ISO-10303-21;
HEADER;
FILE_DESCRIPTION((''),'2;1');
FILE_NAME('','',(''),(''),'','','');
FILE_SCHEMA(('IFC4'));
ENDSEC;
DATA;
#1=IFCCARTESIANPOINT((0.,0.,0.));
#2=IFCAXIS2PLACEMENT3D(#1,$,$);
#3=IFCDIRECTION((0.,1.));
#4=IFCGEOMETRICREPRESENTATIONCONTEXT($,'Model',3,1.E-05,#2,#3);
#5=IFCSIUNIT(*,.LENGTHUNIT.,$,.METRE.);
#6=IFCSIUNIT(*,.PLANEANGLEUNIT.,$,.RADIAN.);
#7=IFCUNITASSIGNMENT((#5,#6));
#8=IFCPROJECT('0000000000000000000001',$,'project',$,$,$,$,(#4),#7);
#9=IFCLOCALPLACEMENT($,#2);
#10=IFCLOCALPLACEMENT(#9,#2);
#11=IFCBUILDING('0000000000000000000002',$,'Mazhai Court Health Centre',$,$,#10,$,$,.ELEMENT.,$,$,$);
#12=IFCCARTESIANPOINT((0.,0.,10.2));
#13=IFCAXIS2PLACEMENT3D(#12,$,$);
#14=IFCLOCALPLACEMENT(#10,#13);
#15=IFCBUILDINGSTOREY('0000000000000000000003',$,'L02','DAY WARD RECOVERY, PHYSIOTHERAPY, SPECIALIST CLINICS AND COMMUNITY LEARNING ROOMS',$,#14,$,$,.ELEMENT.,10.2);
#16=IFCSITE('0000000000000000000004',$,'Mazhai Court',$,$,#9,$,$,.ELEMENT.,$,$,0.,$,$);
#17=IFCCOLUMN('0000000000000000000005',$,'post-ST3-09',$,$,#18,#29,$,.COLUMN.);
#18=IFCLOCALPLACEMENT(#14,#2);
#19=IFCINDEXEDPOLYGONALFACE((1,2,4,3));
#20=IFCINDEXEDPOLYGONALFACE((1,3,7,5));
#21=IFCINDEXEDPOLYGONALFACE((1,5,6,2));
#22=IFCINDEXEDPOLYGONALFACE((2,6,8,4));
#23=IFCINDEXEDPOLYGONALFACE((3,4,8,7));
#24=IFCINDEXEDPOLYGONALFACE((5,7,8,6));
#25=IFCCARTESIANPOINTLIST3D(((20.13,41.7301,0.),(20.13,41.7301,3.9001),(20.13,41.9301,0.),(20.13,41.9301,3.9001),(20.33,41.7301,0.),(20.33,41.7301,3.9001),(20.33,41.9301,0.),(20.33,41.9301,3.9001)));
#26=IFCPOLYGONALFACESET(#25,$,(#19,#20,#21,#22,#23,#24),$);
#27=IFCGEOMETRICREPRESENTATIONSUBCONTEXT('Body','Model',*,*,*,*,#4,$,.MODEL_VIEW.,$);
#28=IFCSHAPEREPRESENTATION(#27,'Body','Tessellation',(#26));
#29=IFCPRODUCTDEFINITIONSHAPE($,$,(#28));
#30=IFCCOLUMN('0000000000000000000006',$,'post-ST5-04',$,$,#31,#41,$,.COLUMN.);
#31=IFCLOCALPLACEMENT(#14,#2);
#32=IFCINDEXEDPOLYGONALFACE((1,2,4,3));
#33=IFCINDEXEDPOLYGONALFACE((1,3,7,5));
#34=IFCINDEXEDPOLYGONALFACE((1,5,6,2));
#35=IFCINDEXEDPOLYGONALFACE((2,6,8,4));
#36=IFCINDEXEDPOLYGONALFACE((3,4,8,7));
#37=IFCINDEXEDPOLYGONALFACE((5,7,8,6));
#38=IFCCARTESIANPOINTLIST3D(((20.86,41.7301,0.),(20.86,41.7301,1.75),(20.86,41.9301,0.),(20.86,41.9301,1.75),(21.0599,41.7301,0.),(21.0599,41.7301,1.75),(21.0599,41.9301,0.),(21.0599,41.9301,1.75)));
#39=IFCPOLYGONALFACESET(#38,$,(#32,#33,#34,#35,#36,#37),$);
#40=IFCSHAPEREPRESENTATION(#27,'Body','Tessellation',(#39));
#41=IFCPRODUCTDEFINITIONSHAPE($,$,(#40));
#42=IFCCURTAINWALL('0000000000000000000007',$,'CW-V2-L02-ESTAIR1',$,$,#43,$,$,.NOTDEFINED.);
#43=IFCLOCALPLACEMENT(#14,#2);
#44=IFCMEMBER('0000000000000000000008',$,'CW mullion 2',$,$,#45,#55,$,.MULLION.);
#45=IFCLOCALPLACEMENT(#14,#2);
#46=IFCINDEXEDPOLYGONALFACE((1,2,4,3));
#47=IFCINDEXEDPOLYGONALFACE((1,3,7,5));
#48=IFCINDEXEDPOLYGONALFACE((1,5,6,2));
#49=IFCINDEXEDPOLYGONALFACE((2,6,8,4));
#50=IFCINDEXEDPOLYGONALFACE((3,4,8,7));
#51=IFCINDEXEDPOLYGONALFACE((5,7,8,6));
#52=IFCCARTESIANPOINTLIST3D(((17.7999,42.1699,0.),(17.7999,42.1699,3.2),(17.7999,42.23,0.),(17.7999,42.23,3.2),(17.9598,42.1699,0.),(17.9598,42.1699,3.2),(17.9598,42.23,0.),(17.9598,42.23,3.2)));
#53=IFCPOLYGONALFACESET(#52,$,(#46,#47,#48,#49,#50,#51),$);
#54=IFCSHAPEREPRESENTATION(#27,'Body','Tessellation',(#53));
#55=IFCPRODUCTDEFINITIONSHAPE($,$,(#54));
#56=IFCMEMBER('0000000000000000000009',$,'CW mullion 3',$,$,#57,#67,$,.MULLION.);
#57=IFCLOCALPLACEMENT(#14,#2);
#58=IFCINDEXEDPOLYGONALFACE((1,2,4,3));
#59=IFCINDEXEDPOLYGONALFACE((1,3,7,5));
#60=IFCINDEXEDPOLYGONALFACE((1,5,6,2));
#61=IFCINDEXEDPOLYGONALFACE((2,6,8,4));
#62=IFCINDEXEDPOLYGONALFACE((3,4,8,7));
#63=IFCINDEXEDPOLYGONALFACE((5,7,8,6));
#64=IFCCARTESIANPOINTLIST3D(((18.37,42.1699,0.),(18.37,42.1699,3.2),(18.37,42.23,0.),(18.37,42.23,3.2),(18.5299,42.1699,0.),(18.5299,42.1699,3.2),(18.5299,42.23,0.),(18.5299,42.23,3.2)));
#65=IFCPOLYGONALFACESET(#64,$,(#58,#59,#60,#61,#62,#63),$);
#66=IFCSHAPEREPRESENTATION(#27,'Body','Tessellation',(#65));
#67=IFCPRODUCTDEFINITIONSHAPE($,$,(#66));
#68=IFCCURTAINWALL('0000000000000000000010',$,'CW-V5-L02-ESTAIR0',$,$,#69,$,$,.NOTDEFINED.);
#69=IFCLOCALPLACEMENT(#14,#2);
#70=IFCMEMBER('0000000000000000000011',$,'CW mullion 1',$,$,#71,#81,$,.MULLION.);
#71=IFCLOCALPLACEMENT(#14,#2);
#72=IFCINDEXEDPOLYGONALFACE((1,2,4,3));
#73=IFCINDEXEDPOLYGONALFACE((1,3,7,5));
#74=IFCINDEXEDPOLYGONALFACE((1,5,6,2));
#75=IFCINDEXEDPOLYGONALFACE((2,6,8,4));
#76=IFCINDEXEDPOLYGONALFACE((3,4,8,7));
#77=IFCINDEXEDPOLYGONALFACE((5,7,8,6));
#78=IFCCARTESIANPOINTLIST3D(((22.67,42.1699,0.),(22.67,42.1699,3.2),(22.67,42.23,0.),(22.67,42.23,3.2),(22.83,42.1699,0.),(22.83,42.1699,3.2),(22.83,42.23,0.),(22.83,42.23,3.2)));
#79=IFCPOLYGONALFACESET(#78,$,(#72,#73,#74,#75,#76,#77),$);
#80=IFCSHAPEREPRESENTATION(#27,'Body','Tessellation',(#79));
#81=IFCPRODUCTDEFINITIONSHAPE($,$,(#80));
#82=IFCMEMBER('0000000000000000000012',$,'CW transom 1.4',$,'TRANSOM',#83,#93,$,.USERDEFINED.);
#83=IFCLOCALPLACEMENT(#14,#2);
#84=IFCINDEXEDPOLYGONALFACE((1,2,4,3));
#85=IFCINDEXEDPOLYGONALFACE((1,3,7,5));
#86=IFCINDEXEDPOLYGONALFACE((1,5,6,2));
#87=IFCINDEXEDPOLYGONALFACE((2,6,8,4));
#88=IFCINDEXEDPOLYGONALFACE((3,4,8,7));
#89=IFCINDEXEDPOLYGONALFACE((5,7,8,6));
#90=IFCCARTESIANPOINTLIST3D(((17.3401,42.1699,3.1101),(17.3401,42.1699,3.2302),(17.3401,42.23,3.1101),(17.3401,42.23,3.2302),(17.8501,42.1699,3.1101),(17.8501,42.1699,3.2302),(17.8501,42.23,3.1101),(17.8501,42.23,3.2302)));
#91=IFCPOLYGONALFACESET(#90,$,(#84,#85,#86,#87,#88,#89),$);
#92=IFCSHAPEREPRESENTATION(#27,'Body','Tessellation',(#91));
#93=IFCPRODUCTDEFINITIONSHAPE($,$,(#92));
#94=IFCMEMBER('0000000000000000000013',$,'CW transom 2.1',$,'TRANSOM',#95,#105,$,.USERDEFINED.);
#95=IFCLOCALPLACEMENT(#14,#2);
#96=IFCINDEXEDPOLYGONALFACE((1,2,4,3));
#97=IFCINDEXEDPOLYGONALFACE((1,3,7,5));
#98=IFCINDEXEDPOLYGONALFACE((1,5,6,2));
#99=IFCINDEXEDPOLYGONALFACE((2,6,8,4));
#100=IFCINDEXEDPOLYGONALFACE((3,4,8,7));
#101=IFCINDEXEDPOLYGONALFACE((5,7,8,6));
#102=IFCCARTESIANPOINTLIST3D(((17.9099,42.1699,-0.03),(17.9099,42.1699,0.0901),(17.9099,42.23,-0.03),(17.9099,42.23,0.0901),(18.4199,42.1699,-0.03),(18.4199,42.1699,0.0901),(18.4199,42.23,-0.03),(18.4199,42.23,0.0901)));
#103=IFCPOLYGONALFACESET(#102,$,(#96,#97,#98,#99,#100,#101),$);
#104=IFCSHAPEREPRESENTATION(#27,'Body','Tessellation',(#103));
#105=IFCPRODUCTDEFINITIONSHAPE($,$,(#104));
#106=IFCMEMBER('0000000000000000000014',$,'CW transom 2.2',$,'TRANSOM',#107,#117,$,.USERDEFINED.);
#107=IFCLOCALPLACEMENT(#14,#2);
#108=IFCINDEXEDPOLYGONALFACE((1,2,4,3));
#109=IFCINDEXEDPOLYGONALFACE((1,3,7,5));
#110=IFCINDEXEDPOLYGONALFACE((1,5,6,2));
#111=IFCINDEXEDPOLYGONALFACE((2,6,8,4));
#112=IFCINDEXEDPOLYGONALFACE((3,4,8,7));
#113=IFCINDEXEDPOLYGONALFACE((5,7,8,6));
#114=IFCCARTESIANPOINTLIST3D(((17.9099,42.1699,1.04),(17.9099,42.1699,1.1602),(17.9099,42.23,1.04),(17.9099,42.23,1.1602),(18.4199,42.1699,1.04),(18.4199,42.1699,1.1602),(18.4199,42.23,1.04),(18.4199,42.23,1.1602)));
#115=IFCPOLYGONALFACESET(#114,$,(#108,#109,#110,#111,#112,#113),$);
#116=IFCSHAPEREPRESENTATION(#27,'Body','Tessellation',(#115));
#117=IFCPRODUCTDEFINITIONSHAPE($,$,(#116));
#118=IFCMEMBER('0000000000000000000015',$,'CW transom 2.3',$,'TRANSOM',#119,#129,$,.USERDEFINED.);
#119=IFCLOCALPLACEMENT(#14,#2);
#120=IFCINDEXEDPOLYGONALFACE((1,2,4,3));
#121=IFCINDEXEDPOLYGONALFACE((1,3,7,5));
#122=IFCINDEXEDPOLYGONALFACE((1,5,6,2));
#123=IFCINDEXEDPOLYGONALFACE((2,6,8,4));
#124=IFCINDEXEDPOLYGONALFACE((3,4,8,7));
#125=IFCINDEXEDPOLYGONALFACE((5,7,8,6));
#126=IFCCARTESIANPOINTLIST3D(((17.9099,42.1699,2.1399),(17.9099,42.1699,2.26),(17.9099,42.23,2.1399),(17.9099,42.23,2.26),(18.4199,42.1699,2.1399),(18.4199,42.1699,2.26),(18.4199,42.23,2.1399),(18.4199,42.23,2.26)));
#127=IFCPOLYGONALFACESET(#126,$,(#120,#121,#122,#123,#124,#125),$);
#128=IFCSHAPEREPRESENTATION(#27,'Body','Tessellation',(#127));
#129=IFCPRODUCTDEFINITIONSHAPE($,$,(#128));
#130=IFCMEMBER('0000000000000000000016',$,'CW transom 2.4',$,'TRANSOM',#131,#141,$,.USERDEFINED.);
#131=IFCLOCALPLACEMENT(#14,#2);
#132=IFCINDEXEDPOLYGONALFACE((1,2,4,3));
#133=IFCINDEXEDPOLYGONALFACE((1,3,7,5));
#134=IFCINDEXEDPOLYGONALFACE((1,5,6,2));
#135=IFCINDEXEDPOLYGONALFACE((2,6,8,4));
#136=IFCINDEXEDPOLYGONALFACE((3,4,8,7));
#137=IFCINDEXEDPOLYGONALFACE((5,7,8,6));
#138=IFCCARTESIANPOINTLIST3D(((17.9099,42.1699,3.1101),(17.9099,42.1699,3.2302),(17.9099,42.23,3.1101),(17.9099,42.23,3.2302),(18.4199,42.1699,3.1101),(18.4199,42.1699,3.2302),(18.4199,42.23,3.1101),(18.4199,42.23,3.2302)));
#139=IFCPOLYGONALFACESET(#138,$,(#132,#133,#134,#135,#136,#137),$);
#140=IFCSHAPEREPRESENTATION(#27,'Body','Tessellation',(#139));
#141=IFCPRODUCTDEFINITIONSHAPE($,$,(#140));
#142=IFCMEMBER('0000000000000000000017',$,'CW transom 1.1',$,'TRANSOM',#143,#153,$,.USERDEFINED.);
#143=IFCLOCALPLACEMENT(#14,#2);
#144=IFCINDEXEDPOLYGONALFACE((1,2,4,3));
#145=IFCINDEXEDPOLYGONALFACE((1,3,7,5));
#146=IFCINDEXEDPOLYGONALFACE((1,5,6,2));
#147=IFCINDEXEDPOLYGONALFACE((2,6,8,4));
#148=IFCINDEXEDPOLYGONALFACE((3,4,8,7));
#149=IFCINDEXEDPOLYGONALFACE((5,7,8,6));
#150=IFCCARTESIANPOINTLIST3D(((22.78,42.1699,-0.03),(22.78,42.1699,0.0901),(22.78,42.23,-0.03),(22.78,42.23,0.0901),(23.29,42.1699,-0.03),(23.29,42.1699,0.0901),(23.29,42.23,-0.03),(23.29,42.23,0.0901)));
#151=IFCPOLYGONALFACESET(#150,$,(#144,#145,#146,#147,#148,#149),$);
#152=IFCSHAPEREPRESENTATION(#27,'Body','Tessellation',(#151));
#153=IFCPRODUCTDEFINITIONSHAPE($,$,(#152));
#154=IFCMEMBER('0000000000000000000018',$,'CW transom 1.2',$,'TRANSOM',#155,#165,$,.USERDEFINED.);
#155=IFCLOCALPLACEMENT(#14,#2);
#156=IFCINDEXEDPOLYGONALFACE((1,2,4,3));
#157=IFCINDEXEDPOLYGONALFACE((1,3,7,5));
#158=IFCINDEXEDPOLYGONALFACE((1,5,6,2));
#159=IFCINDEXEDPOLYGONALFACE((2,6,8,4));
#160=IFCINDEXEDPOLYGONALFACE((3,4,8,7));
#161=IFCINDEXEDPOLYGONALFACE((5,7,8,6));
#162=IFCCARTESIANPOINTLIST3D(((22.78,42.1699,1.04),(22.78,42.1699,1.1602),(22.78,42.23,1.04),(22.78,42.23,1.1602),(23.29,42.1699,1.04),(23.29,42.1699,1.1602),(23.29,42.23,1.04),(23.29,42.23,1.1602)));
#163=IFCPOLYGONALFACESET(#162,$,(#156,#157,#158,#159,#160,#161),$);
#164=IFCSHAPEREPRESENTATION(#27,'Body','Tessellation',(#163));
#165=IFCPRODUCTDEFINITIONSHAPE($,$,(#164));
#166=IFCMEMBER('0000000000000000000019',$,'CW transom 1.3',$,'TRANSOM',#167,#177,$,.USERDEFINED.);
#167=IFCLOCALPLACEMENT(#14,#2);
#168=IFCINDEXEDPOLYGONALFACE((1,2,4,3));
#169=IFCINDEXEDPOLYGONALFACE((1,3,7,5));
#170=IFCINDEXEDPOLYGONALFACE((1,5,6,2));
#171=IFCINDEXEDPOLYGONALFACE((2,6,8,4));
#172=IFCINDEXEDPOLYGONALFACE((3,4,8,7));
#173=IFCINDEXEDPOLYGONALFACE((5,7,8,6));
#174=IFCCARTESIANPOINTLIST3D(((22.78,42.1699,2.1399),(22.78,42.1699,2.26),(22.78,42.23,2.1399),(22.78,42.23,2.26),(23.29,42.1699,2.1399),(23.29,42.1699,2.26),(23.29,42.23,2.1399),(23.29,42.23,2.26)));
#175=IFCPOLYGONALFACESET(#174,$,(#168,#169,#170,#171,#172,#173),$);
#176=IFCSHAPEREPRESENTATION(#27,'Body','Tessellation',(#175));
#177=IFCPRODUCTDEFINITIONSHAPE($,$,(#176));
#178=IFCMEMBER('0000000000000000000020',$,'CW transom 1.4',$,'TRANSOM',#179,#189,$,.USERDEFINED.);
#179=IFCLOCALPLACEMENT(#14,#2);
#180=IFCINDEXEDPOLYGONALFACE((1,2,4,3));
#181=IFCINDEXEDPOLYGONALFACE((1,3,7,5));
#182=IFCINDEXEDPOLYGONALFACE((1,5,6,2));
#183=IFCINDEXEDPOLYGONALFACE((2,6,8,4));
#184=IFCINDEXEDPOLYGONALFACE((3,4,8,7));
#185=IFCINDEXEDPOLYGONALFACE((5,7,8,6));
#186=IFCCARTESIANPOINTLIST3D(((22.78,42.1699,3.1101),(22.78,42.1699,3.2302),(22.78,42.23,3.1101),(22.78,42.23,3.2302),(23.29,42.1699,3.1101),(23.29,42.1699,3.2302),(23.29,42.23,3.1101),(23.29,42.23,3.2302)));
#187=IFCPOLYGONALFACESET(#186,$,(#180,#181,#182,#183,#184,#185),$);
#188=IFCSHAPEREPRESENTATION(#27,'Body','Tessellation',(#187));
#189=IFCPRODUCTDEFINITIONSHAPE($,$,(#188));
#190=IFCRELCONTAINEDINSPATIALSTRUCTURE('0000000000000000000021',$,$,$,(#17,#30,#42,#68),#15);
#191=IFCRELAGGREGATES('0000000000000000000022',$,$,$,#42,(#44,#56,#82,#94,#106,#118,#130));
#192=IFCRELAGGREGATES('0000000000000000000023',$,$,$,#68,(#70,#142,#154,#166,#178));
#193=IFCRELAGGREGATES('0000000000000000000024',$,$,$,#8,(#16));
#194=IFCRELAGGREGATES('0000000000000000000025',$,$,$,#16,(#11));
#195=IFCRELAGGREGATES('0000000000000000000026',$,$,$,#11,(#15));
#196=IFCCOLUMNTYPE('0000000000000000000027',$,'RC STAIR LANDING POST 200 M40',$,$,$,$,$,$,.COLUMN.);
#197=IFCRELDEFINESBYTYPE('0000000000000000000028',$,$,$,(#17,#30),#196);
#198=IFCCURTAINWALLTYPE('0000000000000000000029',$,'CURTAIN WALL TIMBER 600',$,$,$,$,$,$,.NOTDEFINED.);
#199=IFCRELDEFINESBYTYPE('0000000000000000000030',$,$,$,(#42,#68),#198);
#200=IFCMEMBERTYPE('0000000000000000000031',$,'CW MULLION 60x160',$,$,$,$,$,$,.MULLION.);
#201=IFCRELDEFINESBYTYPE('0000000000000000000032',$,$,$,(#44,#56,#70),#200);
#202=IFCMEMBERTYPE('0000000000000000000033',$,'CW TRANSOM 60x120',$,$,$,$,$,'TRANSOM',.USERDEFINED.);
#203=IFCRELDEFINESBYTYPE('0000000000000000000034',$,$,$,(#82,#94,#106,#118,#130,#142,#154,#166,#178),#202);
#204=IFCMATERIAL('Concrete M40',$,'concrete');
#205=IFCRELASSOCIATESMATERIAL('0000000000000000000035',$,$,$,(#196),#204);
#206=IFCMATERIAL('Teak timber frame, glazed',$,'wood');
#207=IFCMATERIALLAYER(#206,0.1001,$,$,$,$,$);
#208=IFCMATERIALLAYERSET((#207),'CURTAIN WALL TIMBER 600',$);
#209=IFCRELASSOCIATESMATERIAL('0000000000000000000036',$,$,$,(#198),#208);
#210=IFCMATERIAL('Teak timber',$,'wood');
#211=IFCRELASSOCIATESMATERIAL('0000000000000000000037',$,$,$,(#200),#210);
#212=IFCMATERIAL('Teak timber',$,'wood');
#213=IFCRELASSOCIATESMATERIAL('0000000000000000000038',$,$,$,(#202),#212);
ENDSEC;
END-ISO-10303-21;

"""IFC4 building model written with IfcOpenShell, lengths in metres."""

from ifc_helpers import new_model, si_unit, direction, frame, origin, origin_2d, place, context, subcontext, project, spatial, rectangle, extrude, material, layer, layer_set, material_profile, profile_set, type_object, element, aggregate, save


model = new_model("IFC4")

# Units and contexts
model_context = context("Model", 3, precision=1e-05, world=origin(), true_north=direction((0.0, 1.0)))
body_context = subcontext(model_context, "Body", "Model", "MODEL_VIEW")
ifc_project = project(units=[si_unit("LENGTHUNIT", "METRE"), si_unit("PLANEANGLEUNIT", "RADIAN")], contexts=[model_context])

# Site, building, storey
site_placement = place(None, origin())
site = spatial("IfcSite", under=ifc_project, at=site_placement, Name="Mazhai Court", CompositionType="ELEMENT", RefElevation=0.0)
building_placement = place(site_placement, origin())
building = spatial("IfcBuilding", under=site, at=building_placement, Name="Mazhai Court Health Centre", CompositionType="ELEMENT")
storey_placement = place(building_placement, frame((0.0, 0.0, 10.2)))
storey = spatial("IfcBuildingStorey", under=building, at=storey_placement, Name="L02", Description="DAY WARD RECOVERY, PHYSIOTHERAPY, SPECIALIST CLINICS AND COMMUNITY LEARNING ROOMS", CompositionType="ELEMENT", Elevation=10.2)

# Columns
ifc_material_1 = material(Name="Concrete M40", Category="concrete")
ifc_material_profile_1 = material_profile(ifc_material_1, rectangle(XDim=0.2, YDim=0.2, at=origin_2d()), Name="RC 200x200")
ifc_profile_set_1 = profile_set([ifc_material_profile_1], Name="Concrete M40")
column_type = type_object("IfcColumnType", Name="RC STAIR LANDING POST 200 M40", PredefinedType="COLUMN", material=ifc_profile_set_1)
column_1_placement = place(storey_placement, frame((20.23, 41.8301, 0.0), z_axis=(0.0, 0.0, 1.0), x_axis=(1.0, 0.0, 0.0)))
element("IfcColumn", 1, at=column_1_placement, inside=storey, type_object=column_type, Name="post-ST3-09", PredefinedType="COLUMN", context=body_context, shape_type="SweptSolid", body=[
    extrude(rectangle(XDim=0.2, YDim=0.2, at=origin_2d()), origin(), (0.0, 0.0, 1.0), 3.9001),
])
column_2_placement = place(storey_placement, frame((20.96, 41.8301, 0.0), z_axis=(0.0, 0.0, 1.0), x_axis=(1.0, 0.0, 0.0)))
element("IfcColumn", 2, at=column_2_placement, inside=storey, type_object=column_type, Name="post-ST5-04", PredefinedType="COLUMN", context=body_context, shape_type="SweptSolid", body=[
    extrude(rectangle(XDim=0.2, YDim=0.2, at=origin_2d()), origin(), (0.0, 0.0, 1.0), 1.75),
])

# Curtain wall, members
ifc_material_2 = material(Name="Teak timber frame, glazed", Category="wood")
ifc_layer_1 = layer(ifc_material_2, 0.1001)
ifc_layer_set_1 = layer_set([ifc_layer_1], Name="CURTAIN WALL TIMBER 600")
curtain_wall_type = type_object("IfcCurtainWallType", Name="CURTAIN WALL TIMBER 600", PredefinedType="NOTDEFINED", material=ifc_layer_set_1)
curtain_wall_1_placement = place(storey_placement, origin())
curtain_wall_1 = element("IfcCurtainWall", 3, at=curtain_wall_1_placement, inside=storey, type_object=curtain_wall_type, Name="CW-V2-L02-ESTAIR1", PredefinedType="NOTDEFINED")
ifc_material_3 = material(Name="Teak timber", Category="wood")
ifc_material_profile_2 = material_profile(ifc_material_3, rectangle(XDim=0.0601, YDim=0.1599, at=origin_2d()), Name="CW MULLION 60x160")
ifc_profile_set_2 = profile_set([ifc_material_profile_2], Name="Teak timber")
member_type_1 = type_object("IfcMemberType", Name="CW MULLION 60x160", PredefinedType="MULLION", material=ifc_profile_set_2)
member_1_placement = place(storey_placement, frame((17.8799, 42.2, 0.0), z_axis=(0.0, 0.0, 1.0), x_axis=(0.0, 1.0, 0.0)))
member_1 = element("IfcMember", 4, at=member_1_placement, type_object=member_type_1, Name="CW mullion 2", PredefinedType="MULLION", context=body_context, shape_type="SweptSolid", body=[
    extrude(rectangle(XDim=0.0601, YDim=0.1599, at=origin_2d()), origin(), (0.0, 0.0, 1.0), 3.2),
])
member_2_placement = place(storey_placement, frame((18.45, 42.2, 0.0), z_axis=(0.0, 0.0, 1.0), x_axis=(0.0, 1.0, 0.0)))
member_2 = element("IfcMember", 5, at=member_2_placement, type_object=member_type_1, Name="CW mullion 3", PredefinedType="MULLION", context=body_context, shape_type="SweptSolid", body=[
    extrude(rectangle(XDim=0.0601, YDim=0.1599, at=origin_2d()), origin(), (0.0, 0.0, 1.0), 3.2),
])

# Curtain wall, member
curtain_wall_2_placement = place(storey_placement, origin())
curtain_wall_2 = element("IfcCurtainWall", 6, at=curtain_wall_2_placement, inside=storey, type_object=curtain_wall_type, Name="CW-V5-L02-ESTAIR0", PredefinedType="NOTDEFINED")
member_3_placement = place(storey_placement, frame((22.75, 42.2, 0.0), z_axis=(0.0, 0.0, 1.0), x_axis=(0.0, 1.0, 0.0)))
member_3 = element("IfcMember", 7, at=member_3_placement, type_object=member_type_1, Name="CW mullion 1", PredefinedType="MULLION", context=body_context, shape_type="SweptSolid", body=[
    extrude(rectangle(XDim=0.0601, YDim=0.1599, at=origin_2d()), origin(), (0.0, 0.0, 1.0), 3.2),
])

# Members
ifc_material_4 = material(Name="Teak timber", Category="wood")
ifc_material_profile_3 = material_profile(ifc_material_4, rectangle(XDim=0.0601, YDim=0.1201, at=origin_2d()), Name="CW TRANSOM 60x120")
ifc_profile_set_3 = profile_set([ifc_material_profile_3], Name="Teak timber")
member_type_2 = type_object("IfcMemberType", Name="CW TRANSOM 60x120", ElementType="TRANSOM", PredefinedType="USERDEFINED", material=ifc_profile_set_3)
member_4_placement = place(storey_placement, frame((17.3401, 42.2, 3.1702), z_axis=(1.0, 0.0, 0.0), x_axis=(0.0, 1.0, 0.0)))
member_4 = element("IfcMember", 8, at=member_4_placement, type_object=member_type_2, Name="CW transom 1.4", ObjectType="TRANSOM", PredefinedType="USERDEFINED", context=body_context, shape_type="SweptSolid", body=[
    extrude(rectangle(XDim=0.0601, YDim=0.1201, at=origin_2d()), origin(), (0.0, 0.0, 1.0), 0.51),
])
member_5_placement = place(storey_placement, frame((17.9099, 42.2, 0.03), z_axis=(1.0, 0.0, 0.0), x_axis=(0.0, 1.0, 0.0)))
member_5 = element("IfcMember", 9, at=member_5_placement, type_object=member_type_2, Name="CW transom 2.1", ObjectType="TRANSOM", PredefinedType="USERDEFINED", context=body_context, shape_type="SweptSolid", body=[
    extrude(rectangle(XDim=0.0601, YDim=0.1201, at=origin_2d()), origin(), (0.0, 0.0, 1.0), 0.51),
])
member_6_placement = place(storey_placement, frame((17.9099, 42.2, 1.1001), z_axis=(1.0, 0.0, 0.0), x_axis=(0.0, 1.0, 0.0)))
member_6 = element("IfcMember", 10, at=member_6_placement, type_object=member_type_2, Name="CW transom 2.2", ObjectType="TRANSOM", PredefinedType="USERDEFINED", context=body_context, shape_type="SweptSolid", body=[
    extrude(rectangle(XDim=0.0601, YDim=0.1201, at=origin_2d()), origin(), (0.0, 0.0, 1.0), 0.51),
])
member_7_placement = place(storey_placement, frame((17.9099, 42.2, 2.2), z_axis=(1.0, 0.0, 0.0), x_axis=(0.0, 1.0, 0.0)))
member_7 = element("IfcMember", 11, at=member_7_placement, type_object=member_type_2, Name="CW transom 2.3", ObjectType="TRANSOM", PredefinedType="USERDEFINED", context=body_context, shape_type="SweptSolid", body=[
    extrude(rectangle(XDim=0.0601, YDim=0.1201, at=origin_2d()), origin(), (0.0, 0.0, 1.0), 0.51),
])
member_8_placement = place(storey_placement, frame((17.9099, 42.2, 3.1702), z_axis=(1.0, 0.0, 0.0), x_axis=(0.0, 1.0, 0.0)))
member_8 = element("IfcMember", 12, at=member_8_placement, type_object=member_type_2, Name="CW transom 2.4", ObjectType="TRANSOM", PredefinedType="USERDEFINED", context=body_context, shape_type="SweptSolid", body=[
    extrude(rectangle(XDim=0.0601, YDim=0.1201, at=origin_2d()), origin(), (0.0, 0.0, 1.0), 0.51),
])
member_9_placement = place(storey_placement, frame((22.78, 42.2, 0.03), z_axis=(1.0, 0.0, 0.0), x_axis=(0.0, 1.0, 0.0)))
member_9 = element("IfcMember", 13, at=member_9_placement, type_object=member_type_2, Name="CW transom 1.1", ObjectType="TRANSOM", PredefinedType="USERDEFINED", context=body_context, shape_type="SweptSolid", body=[
    extrude(rectangle(XDim=0.0601, YDim=0.1201, at=origin_2d()), origin(), (0.0, 0.0, 1.0), 0.51),
])
member_10_placement = place(storey_placement, frame((22.78, 42.2, 1.1001), z_axis=(1.0, 0.0, 0.0), x_axis=(0.0, 1.0, 0.0)))
member_10 = element("IfcMember", 14, at=member_10_placement, type_object=member_type_2, Name="CW transom 1.2", ObjectType="TRANSOM", PredefinedType="USERDEFINED", context=body_context, shape_type="SweptSolid", body=[
    extrude(rectangle(XDim=0.0601, YDim=0.1201, at=origin_2d()), origin(), (0.0, 0.0, 1.0), 0.51),
])
member_11_placement = place(storey_placement, frame((22.78, 42.2, 2.2), z_axis=(1.0, 0.0, 0.0), x_axis=(0.0, 1.0, 0.0)))
member_11 = element("IfcMember", 15, at=member_11_placement, type_object=member_type_2, Name="CW transom 1.3", ObjectType="TRANSOM", PredefinedType="USERDEFINED", context=body_context, shape_type="SweptSolid", body=[
    extrude(rectangle(XDim=0.0601, YDim=0.1201, at=origin_2d()), origin(), (0.0, 0.0, 1.0), 0.51),
])
member_12_placement = place(storey_placement, frame((22.78, 42.2, 3.1702), z_axis=(1.0, 0.0, 0.0), x_axis=(0.0, 1.0, 0.0)))
member_12 = element("IfcMember", 16, at=member_12_placement, type_object=member_type_2, Name="CW transom 1.4", ObjectType="TRANSOM", PredefinedType="USERDEFINED", context=body_context, shape_type="SweptSolid", body=[
    extrude(rectangle(XDim=0.0601, YDim=0.1201, at=origin_2d()), origin(), (0.0, 0.0, 1.0), 0.51),
])

aggregate(curtain_wall_1, [member_1, member_2, member_4, member_5, member_6, member_7, member_8])
aggregate(curtain_wall_2, [member_3, member_9, member_10, member_11, member_12])

save(model, "model.ifc")
